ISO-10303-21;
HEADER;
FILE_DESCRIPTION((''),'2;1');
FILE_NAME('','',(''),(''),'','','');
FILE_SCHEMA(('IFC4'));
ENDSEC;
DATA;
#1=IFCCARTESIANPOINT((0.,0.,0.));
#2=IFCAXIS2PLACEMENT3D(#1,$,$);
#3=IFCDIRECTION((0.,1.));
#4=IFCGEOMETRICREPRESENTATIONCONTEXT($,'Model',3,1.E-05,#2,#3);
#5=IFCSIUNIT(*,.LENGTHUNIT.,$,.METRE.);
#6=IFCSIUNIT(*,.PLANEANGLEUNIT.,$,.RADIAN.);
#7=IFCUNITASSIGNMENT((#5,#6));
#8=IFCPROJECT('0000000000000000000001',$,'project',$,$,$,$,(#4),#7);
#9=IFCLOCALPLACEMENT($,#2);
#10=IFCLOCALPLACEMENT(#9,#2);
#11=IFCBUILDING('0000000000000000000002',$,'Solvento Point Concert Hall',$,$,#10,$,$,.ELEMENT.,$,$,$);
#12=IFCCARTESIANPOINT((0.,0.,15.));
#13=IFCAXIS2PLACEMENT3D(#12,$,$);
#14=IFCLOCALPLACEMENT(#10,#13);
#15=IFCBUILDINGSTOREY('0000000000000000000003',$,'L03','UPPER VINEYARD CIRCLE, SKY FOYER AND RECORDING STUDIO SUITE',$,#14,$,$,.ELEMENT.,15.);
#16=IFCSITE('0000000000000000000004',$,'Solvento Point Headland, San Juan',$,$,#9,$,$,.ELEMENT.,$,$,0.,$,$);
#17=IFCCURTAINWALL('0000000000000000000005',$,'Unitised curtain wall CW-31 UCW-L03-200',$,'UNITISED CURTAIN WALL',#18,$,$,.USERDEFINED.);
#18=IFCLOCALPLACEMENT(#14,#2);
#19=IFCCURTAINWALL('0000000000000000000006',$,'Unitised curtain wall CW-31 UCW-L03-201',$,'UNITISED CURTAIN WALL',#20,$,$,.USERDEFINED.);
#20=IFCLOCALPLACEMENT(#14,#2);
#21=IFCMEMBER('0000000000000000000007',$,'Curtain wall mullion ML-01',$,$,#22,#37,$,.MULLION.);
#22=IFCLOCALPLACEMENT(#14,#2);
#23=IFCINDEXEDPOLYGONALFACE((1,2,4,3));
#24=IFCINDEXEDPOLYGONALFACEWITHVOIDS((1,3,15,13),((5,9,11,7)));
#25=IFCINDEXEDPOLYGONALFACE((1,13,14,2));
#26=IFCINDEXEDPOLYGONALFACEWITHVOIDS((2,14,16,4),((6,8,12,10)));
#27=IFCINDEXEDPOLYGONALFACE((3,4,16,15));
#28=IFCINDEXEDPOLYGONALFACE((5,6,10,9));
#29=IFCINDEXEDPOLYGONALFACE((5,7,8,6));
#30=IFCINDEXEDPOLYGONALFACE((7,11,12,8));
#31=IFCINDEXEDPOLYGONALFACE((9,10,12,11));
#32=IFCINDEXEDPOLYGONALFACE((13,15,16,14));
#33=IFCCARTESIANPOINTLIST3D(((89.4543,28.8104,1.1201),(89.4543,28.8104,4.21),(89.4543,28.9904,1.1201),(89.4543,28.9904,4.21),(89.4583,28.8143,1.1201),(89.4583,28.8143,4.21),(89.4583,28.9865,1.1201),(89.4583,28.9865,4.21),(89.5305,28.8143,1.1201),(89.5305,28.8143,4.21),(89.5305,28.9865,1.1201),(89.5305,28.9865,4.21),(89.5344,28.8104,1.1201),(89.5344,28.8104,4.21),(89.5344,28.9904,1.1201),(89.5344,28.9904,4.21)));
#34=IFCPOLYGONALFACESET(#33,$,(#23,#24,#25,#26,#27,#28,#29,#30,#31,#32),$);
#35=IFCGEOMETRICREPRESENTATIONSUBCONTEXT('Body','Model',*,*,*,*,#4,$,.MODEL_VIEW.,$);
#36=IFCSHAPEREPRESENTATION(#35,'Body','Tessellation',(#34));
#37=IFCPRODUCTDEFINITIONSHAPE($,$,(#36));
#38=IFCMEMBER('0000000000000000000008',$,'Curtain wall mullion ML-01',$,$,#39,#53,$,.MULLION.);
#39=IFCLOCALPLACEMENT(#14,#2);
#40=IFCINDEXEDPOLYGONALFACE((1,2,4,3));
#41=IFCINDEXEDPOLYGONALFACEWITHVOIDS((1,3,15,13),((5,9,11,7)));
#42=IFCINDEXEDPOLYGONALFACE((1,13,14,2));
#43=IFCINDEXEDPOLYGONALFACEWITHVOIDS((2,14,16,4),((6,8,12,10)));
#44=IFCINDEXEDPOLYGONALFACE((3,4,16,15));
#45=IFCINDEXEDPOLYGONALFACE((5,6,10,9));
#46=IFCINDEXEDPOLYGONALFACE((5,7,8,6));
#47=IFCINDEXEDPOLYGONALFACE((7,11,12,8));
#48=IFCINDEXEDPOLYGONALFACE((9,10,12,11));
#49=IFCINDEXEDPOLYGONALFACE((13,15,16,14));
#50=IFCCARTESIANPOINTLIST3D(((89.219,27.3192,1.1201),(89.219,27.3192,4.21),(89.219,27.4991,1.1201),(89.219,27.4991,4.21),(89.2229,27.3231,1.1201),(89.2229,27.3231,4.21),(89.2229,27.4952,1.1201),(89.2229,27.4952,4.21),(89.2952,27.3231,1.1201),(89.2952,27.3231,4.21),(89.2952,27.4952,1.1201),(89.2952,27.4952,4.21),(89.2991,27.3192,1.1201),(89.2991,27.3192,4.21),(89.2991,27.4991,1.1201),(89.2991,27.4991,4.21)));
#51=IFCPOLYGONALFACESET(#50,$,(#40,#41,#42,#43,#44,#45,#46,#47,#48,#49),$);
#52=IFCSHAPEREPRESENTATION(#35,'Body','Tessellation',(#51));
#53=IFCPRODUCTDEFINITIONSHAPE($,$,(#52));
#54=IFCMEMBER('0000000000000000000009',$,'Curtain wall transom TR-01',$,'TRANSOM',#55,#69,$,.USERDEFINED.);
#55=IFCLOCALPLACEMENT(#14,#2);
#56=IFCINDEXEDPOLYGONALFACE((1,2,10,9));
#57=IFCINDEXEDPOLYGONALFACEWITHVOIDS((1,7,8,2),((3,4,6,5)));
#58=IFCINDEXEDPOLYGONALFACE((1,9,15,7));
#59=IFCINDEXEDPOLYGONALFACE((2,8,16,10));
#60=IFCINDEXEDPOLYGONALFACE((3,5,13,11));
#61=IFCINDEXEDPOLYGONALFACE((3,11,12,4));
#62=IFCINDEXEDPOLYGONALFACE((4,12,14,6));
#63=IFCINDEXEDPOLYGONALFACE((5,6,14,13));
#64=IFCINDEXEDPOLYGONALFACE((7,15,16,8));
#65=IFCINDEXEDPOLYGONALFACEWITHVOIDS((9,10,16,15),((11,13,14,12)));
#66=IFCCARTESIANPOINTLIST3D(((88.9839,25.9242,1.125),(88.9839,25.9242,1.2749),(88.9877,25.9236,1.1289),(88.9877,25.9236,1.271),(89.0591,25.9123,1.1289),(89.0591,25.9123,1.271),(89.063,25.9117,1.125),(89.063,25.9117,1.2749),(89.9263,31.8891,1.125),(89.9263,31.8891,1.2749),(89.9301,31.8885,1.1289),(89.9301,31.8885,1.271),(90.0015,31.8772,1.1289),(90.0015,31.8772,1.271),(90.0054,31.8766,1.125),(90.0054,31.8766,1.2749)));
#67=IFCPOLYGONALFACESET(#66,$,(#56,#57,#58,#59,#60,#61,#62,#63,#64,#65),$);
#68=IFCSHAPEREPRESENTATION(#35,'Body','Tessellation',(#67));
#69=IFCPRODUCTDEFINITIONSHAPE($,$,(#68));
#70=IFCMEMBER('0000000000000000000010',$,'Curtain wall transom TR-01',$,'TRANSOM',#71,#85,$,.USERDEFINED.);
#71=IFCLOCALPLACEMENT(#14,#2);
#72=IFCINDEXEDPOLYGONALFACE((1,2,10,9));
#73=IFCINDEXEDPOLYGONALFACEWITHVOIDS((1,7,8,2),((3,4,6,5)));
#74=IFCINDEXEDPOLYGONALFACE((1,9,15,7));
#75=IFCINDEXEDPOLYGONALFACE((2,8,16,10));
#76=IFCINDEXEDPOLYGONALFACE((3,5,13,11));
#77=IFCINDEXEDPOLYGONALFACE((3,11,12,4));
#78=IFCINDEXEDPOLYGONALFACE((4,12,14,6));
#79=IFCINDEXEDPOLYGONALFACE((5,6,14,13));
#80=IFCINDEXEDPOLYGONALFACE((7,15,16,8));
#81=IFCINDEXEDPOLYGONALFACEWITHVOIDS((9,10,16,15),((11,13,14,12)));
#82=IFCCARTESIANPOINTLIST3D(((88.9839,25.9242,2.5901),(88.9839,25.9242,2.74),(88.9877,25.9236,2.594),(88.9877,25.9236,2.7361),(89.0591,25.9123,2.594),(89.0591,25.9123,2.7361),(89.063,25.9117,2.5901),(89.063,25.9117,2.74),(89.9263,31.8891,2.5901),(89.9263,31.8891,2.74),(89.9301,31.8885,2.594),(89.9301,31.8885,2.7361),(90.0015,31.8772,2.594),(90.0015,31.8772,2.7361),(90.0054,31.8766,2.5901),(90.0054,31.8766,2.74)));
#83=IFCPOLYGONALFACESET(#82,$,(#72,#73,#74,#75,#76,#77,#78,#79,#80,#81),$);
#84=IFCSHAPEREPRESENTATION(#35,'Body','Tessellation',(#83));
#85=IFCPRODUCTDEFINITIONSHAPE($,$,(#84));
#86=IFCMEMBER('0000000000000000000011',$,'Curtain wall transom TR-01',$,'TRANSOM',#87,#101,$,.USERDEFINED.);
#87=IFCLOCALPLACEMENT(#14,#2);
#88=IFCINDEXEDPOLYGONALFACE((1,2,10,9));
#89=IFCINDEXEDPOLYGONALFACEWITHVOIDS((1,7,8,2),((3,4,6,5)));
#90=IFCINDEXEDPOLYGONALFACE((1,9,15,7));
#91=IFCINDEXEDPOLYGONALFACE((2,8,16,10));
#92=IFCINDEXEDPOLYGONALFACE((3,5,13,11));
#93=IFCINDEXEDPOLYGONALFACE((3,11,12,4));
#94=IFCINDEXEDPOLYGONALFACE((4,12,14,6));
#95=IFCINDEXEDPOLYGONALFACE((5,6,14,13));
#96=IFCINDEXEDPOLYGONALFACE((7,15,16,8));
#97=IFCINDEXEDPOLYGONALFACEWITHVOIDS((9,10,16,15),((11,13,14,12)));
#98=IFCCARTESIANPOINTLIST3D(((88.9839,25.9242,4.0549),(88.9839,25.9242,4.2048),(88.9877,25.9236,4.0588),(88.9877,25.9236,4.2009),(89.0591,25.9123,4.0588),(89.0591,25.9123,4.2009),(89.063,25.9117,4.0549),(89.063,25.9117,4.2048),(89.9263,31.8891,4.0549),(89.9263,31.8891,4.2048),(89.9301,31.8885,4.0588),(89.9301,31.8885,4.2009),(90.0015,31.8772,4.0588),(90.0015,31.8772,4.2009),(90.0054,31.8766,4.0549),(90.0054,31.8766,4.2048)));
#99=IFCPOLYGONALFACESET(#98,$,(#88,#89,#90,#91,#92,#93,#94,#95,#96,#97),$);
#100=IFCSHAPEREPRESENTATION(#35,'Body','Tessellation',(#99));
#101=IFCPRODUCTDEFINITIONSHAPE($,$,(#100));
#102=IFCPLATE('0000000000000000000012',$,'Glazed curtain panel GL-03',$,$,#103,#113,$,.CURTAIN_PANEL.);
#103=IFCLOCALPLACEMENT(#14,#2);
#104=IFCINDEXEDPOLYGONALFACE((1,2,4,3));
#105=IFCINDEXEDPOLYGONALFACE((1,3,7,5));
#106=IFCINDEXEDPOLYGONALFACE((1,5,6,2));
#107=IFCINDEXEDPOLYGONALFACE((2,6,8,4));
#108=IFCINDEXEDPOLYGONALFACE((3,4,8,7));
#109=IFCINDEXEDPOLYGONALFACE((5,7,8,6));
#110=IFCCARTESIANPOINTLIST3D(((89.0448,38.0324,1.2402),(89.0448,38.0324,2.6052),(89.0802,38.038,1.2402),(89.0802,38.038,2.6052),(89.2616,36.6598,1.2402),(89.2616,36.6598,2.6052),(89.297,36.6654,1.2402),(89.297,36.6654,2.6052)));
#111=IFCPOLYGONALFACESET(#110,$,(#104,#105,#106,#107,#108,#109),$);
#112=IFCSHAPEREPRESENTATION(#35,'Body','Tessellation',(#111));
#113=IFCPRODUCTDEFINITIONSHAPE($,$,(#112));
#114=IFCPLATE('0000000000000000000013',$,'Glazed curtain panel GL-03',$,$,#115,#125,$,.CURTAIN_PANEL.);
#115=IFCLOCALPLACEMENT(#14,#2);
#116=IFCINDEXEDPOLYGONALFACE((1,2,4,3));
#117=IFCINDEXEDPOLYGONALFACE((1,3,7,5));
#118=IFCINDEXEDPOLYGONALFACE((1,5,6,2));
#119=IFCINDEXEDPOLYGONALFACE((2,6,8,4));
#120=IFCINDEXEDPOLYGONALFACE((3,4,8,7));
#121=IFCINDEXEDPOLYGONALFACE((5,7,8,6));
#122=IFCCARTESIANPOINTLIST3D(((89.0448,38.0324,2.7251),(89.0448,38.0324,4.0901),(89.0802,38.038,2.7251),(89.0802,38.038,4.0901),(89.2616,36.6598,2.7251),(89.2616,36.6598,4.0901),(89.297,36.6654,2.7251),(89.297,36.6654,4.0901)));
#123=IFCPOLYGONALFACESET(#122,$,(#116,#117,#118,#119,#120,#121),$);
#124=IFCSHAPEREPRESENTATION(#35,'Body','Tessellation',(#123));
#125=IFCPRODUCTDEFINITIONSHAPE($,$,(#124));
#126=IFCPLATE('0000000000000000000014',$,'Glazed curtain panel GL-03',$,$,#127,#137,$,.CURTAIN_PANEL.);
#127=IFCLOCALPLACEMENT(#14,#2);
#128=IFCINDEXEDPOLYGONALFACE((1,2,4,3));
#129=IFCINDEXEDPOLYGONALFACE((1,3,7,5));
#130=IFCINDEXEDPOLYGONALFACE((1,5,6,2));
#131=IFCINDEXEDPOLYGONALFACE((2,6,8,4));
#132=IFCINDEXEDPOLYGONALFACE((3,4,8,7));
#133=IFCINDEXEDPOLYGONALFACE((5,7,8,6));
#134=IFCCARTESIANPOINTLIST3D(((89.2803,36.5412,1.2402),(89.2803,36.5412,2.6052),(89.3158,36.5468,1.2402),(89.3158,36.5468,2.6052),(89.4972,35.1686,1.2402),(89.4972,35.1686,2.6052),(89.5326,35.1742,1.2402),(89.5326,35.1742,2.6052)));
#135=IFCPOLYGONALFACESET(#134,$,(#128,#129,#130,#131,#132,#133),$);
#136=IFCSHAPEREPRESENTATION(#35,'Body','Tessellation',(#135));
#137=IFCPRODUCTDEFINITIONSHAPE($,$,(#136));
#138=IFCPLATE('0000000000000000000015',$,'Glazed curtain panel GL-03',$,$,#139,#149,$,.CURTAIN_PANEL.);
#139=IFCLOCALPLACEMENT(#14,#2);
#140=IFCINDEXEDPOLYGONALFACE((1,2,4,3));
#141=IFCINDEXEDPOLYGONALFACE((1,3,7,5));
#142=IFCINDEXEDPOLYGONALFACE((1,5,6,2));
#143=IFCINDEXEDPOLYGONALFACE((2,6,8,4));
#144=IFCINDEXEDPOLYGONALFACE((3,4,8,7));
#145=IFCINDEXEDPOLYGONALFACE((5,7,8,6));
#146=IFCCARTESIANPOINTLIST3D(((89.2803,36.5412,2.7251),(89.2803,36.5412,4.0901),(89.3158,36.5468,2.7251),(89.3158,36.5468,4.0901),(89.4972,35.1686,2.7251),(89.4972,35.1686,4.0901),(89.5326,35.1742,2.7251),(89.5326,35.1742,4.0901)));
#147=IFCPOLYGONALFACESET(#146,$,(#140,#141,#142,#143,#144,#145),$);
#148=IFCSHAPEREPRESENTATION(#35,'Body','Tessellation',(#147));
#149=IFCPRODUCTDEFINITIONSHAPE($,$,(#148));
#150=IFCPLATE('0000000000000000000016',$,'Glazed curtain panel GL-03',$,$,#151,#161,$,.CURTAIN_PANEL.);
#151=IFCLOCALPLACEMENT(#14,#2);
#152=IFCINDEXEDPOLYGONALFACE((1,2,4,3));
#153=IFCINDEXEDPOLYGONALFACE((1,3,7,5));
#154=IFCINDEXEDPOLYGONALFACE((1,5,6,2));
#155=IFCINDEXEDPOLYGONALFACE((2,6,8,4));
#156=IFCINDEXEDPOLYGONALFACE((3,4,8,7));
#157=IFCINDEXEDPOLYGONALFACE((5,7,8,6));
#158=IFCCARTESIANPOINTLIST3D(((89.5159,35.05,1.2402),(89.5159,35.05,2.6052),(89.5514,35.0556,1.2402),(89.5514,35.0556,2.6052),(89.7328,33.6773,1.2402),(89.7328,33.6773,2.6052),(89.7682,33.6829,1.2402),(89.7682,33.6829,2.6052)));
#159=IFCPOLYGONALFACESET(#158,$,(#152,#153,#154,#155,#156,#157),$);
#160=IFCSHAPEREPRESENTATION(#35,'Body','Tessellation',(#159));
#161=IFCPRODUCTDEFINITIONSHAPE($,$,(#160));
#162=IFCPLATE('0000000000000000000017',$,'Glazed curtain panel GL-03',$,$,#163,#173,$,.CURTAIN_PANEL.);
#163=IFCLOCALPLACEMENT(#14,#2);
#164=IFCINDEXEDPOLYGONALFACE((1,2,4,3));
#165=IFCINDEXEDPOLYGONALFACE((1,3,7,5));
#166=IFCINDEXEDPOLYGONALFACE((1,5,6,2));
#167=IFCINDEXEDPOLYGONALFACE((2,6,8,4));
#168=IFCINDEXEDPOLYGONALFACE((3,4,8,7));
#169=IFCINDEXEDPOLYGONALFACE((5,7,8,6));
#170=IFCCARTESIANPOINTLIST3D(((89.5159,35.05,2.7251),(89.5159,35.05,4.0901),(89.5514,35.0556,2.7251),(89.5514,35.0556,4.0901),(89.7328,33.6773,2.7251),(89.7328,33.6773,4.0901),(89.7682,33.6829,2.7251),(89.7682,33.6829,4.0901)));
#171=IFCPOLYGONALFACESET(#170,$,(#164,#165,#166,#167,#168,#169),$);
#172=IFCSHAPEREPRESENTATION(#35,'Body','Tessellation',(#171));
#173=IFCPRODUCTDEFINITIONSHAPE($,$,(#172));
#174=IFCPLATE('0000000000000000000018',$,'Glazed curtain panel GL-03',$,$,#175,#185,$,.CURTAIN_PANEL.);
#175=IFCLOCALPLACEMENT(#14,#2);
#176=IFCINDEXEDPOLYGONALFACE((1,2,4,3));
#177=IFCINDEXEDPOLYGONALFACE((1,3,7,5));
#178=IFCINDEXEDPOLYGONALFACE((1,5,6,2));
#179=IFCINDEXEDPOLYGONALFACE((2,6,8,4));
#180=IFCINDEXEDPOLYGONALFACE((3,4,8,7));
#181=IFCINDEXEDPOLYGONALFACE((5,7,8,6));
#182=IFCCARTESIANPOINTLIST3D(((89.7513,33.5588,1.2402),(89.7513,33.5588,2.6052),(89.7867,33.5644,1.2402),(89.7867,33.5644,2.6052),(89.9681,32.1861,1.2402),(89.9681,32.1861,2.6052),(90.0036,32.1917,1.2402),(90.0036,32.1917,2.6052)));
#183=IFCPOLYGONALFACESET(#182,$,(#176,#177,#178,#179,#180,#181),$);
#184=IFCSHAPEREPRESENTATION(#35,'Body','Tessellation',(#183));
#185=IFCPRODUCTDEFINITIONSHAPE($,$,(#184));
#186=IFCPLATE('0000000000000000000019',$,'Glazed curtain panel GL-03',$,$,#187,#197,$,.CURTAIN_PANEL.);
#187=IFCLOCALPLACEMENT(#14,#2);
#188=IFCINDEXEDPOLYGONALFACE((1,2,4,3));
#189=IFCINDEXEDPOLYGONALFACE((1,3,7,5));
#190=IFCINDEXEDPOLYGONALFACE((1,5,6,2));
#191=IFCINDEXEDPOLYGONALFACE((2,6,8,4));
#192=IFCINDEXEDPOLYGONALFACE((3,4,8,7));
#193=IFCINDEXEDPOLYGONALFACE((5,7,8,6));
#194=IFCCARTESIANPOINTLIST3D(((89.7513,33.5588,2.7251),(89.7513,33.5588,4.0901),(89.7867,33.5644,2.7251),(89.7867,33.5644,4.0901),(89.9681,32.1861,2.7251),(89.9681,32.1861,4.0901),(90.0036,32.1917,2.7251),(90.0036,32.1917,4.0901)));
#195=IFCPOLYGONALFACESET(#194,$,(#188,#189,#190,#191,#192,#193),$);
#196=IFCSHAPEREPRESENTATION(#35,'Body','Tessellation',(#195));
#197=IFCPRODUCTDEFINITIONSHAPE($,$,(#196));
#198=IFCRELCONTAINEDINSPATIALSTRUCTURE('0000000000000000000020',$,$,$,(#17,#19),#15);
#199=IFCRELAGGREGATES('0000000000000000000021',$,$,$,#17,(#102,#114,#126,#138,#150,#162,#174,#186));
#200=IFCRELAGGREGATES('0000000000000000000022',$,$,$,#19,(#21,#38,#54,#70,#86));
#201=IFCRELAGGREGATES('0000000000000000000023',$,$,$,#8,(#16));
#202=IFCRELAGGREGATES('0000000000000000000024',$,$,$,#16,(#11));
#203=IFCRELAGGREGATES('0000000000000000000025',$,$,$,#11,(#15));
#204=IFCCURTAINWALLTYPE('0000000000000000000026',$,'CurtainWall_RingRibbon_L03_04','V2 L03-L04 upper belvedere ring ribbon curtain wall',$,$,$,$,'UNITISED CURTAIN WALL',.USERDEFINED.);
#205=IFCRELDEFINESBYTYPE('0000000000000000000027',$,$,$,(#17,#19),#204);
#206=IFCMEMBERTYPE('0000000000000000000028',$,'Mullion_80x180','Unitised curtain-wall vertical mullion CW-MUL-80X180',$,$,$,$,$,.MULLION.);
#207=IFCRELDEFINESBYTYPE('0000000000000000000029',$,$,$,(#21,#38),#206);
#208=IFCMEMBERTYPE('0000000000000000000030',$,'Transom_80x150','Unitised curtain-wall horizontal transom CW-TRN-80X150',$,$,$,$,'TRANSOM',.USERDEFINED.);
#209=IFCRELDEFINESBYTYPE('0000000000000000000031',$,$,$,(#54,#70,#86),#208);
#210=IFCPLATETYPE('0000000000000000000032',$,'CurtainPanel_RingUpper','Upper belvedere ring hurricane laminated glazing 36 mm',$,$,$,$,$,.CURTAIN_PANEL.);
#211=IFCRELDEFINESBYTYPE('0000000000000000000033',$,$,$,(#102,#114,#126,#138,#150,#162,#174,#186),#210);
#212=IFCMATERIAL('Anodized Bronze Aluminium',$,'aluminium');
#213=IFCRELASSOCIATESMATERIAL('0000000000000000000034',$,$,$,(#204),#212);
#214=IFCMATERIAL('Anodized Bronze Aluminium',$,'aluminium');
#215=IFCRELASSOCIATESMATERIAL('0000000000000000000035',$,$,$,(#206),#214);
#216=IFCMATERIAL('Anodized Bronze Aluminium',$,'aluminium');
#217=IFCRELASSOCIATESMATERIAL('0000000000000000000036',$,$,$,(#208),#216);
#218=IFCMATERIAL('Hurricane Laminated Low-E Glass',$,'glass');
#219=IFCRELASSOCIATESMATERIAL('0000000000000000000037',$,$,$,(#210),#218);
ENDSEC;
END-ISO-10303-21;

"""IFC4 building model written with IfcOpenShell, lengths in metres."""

from ifc_helpers import new_model, si_unit, direction, frame, origin, origin_2d, place, context, subcontext, project, spatial, rectangle, hollow_rectangle, extrude, material, material_profile, profile_set, type_object, element, aggregate, save


model = new_model("IFC4")

# Units and contexts
model_context = context("Model", 3, precision=1e-05, world=origin(), true_north=direction((0.0, 1.0)))
body_context = subcontext(model_context, "Body", "Model", "MODEL_VIEW")
ifc_project = project(units=[si_unit("LENGTHUNIT", "METRE"), si_unit("PLANEANGLEUNIT", "RADIAN")], contexts=[model_context])

# Site, building, storey
site_placement = place(None, origin())
site = spatial("IfcSite", under=ifc_project, at=site_placement, Name="Solvento Point Headland, San Juan", CompositionType="ELEMENT", RefElevation=0.0)
building_placement = place(site_placement, origin())
building = spatial("IfcBuilding", under=site, at=building_placement, Name="Solvento Point Concert Hall", CompositionType="ELEMENT")
storey_placement = place(building_placement, frame((0.0, 0.0, 15.0)))
storey = spatial("IfcBuildingStorey", under=building, at=storey_placement, Name="L03", Description="UPPER VINEYARD CIRCLE, SKY FOYER AND RECORDING STUDIO SUITE", CompositionType="ELEMENT", Elevation=15.0)

# Curtain walls, members
ifc_material_1 = material(Name="Anodized Bronze Aluminium", Category="aluminium")
curtain_wall_type = type_object("IfcCurtainWallType", Name="CurtainWall_RingRibbon_L03_04", Description="V2 L03-L04 upper belvedere ring ribbon curtain wall", ElementType="UNITISED CURTAIN WALL", PredefinedType="USERDEFINED", material=ifc_material_1)
curtain_wall_1_placement = place(storey_placement, origin())
curtain_wall_1 = element("IfcCurtainWall", 1, at=curtain_wall_1_placement, inside=storey, type_object=curtain_wall_type, Name="Unitised curtain wall CW-31 UCW-L03-200", ObjectType="UNITISED CURTAIN WALL", PredefinedType="USERDEFINED")
ifc_material_2 = material(Name="Anodized Bronze Aluminium", Category="aluminium")
ifc_material_profile_1 = material_profile(ifc_material_2, hollow_rectangle(XDim=0.0801, YDim=0.1799, WallThickness=0.0039, at=origin_2d()), Name="CW-MUL-80X180")
ifc_profile_set_1 = profile_set([ifc_material_profile_1], Name="Anodized Bronze Aluminium")
member_type_1 = type_object("IfcMemberType", Name="Mullion_80x180", Description="Unitised curtain-wall vertical mullion CW-MUL-80X180", PredefinedType="MULLION", material=ifc_profile_set_1)
curtain_wall_2_placement = place(storey_placement, origin())
curtain_wall_2 = element("IfcCurtainWall", 2, at=curtain_wall_2_placement, inside=storey, type_object=curtain_wall_type, Name="Unitised curtain wall CW-31 UCW-L03-201", ObjectType="UNITISED CURTAIN WALL", PredefinedType="USERDEFINED")
member_1_placement = place(storey_placement, frame((89.4944, 28.9004, 1.1201), z_axis=(0.0, 0.0, 1.0), x_axis=(1.0, 0.0, 0.0)))
member_1 = element("IfcMember", 3, at=member_1_placement, type_object=member_type_1, Name="Curtain wall mullion ML-01", PredefinedType="MULLION", context=body_context, shape_type="SweptSolid", body=[
    extrude(hollow_rectangle(XDim=0.0801, YDim=0.1799, WallThickness=0.0039, at=origin_2d()), origin(), (0.0, 0.0, 1.0), 3.0898),
])
member_2_placement = place(storey_placement, frame((89.259, 27.4092, 1.1201), z_axis=(0.0, 0.0, 1.0), x_axis=(1.0, 0.0, 0.0)))
member_2 = element("IfcMember", 4, at=member_2_placement, type_object=member_type_1, Name="Curtain wall mullion ML-01", PredefinedType="MULLION", context=body_context, shape_type="SweptSolid", body=[
    extrude(hollow_rectangle(XDim=0.0801, YDim=0.1799, WallThickness=0.0039, at=origin_2d()), origin(), (0.0, 0.0, 1.0), 3.0898),
])
ifc_material_3 = material(Name="Anodized Bronze Aluminium", Category="aluminium")
ifc_material_profile_2 = material_profile(ifc_material_3, hollow_rectangle(XDim=0.0801, YDim=0.1499, WallThickness=0.0039, at=origin_2d()), Name="CW-TRN-80X150")
ifc_profile_set_2 = profile_set([ifc_material_profile_2], Name="Anodized Bronze Aluminium")
member_type_2 = type_object("IfcMemberType", Name="Transom_80x150", Description="Unitised curtain-wall horizontal transom CW-TRN-80X150", ElementType="TRANSOM", PredefinedType="USERDEFINED", material=ifc_profile_set_2)
member_3_placement = place(storey_placement, frame((89.9658, 31.8828, 1.2), z_axis=(-0.156054, -0.987749, 0.0), x_axis=(0.987749, -0.156054, 0.0)))
member_3 = element("IfcMember", 5, at=member_3_placement, type_object=member_type_2, Name="Curtain wall transom TR-01", ObjectType="TRANSOM", PredefinedType="USERDEFINED", context=body_context, shape_type="SweptSolid", body=[
    extrude(hollow_rectangle(XDim=0.0801, YDim=0.1499, WallThickness=0.0039, at=origin_2d()), origin(), (0.0, 0.0, 1.0), 6.0388),
])
member_4_placement = place(storey_placement, frame((89.9658, 31.8828, 2.665), z_axis=(-0.156054, -0.987749, 0.0), x_axis=(0.987749, -0.156054, 0.0)))
member_4 = element("IfcMember", 6, at=member_4_placement, type_object=member_type_2, Name="Curtain wall transom TR-01", ObjectType="TRANSOM", PredefinedType="USERDEFINED", context=body_context, shape_type="SweptSolid", body=[
    extrude(hollow_rectangle(XDim=0.0801, YDim=0.1499, WallThickness=0.0039, at=origin_2d()), origin(), (0.0, 0.0, 1.0), 6.0388),
])
member_5_placement = place(storey_placement, frame((89.9658, 31.8828, 4.1299), z_axis=(-0.156054, -0.987749, 0.0), x_axis=(0.987749, -0.156054, 0.0)))
member_5 = element("IfcMember", 7, at=member_5_placement, type_object=member_type_2, Name="Curtain wall transom TR-01", ObjectType="TRANSOM", PredefinedType="USERDEFINED", context=body_context, shape_type="SweptSolid", body=[
    extrude(hollow_rectangle(XDim=0.0801, YDim=0.1499, WallThickness=0.0039, at=origin_2d()), origin(), (0.0, 0.0, 1.0), 6.0388),
])

# Plates
ifc_material_4 = material(Name="Hurricane Laminated Low-E Glass", Category="glass")
plate_type = type_object("IfcPlateType", Name="CurtainPanel_RingUpper", Description="Upper belvedere ring hurricane laminated glazing 36 mm", PredefinedType="CURTAIN_PANEL", material=ifc_material_4)
plate_1_placement = place(storey_placement, frame((89.1709, 37.3489, 1.2402), z_axis=(0.0, 0.0, 1.0), x_axis=(0.156041, -0.987751, 0.0)))
plate_1 = element("IfcPlate", 8, at=plate_1_placement, type_object=plate_type, Name="Glazed curtain panel GL-03", PredefinedType="CURTAIN_PANEL", context=body_context, shape_type="SweptSolid", body=[
    extrude(rectangle(XDim=1.3896, YDim=0.0359, at=origin_2d()), origin(), (0.0, 0.0, 1.0), 1.365),
])
plate_2_placement = place(storey_placement, frame((89.1709, 37.3489, 2.7251), z_axis=(0.0, 0.0, 1.0), x_axis=(0.156041, -0.987751, 0.0)))
plate_2 = element("IfcPlate", 9, at=plate_2_placement, type_object=plate_type, Name="Glazed curtain panel GL-03", PredefinedType="CURTAIN_PANEL", context=body_context, shape_type="SweptSolid", body=[
    extrude(rectangle(XDim=1.3896, YDim=0.0359, at=origin_2d()), origin(), (0.0, 0.0, 1.0), 1.365),
])
plate_3_placement = place(storey_placement, frame((89.4065, 35.8577, 1.2402), z_axis=(0.0, 0.0, 1.0), x_axis=(0.156041, -0.987751, 0.0)))
plate_3 = element("IfcPlate", 10, at=plate_3_placement, type_object=plate_type, Name="Glazed curtain panel GL-03", PredefinedType="CURTAIN_PANEL", context=body_context, shape_type="SweptSolid", body=[
    extrude(rectangle(XDim=1.3896, YDim=0.0359, at=origin_2d()), origin(), (0.0, 0.0, 1.0), 1.365),
])
plate_4_placement = place(storey_placement, frame((89.4065, 35.8577, 2.7251), z_axis=(0.0, 0.0, 1.0), x_axis=(0.156041, -0.987751, 0.0)))
plate_4 = element("IfcPlate", 11, at=plate_4_placement, type_object=plate_type, Name="Glazed curtain panel GL-03", PredefinedType="CURTAIN_PANEL", context=body_context, shape_type="SweptSolid", body=[
    extrude(rectangle(XDim=1.3896, YDim=0.0359, at=origin_2d()), origin(), (0.0, 0.0, 1.0), 1.365),
])
plate_5_placement = place(storey_placement, frame((89.6421, 34.3665, 1.2402), z_axis=(0.0, 0.0, 1.0), x_axis=(0.156041, -0.987751, 0.0)))
plate_5 = element("IfcPlate", 12, at=plate_5_placement, type_object=plate_type, Name="Glazed curtain panel GL-03", PredefinedType="CURTAIN_PANEL", context=body_context, shape_type="SweptSolid", body=[
    extrude(rectangle(XDim=1.3896, YDim=0.0359, at=origin_2d()), origin(), (0.0, 0.0, 1.0), 1.365),
])
plate_6_placement = place(storey_placement, frame((89.6421, 34.3665, 2.7251), z_axis=(0.0, 0.0, 1.0), x_axis=(0.156041, -0.987751, 0.0)))
plate_6 = element("IfcPlate", 13, at=plate_6_placement, type_object=plate_type, Name="Glazed curtain panel GL-03", PredefinedType="CURTAIN_PANEL", context=body_context, shape_type="SweptSolid", body=[
    extrude(rectangle(XDim=1.3896, YDim=0.0359, at=origin_2d()), origin(), (0.0, 0.0, 1.0), 1.365),
])
plate_7_placement = place(storey_placement, frame((89.8774, 32.8752, 1.2402), z_axis=(0.0, 0.0, 1.0), x_axis=(0.156041, -0.987751, 0.0)))
plate_7 = element("IfcPlate", 14, at=plate_7_placement, type_object=plate_type, Name="Glazed curtain panel GL-03", PredefinedType="CURTAIN_PANEL", context=body_context, shape_type="SweptSolid", body=[
    extrude(rectangle(XDim=1.3896, YDim=0.0359, at=origin_2d()), origin(), (0.0, 0.0, 1.0), 1.365),
])
plate_8_placement = place(storey_placement, frame((89.8774, 32.8752, 2.7251), z_axis=(0.0, 0.0, 1.0), x_axis=(0.156041, -0.987751, 0.0)))
plate_8 = element("IfcPlate", 15, at=plate_8_placement, type_object=plate_type, Name="Glazed curtain panel GL-03", PredefinedType="CURTAIN_PANEL", context=body_context, shape_type="SweptSolid", body=[
    extrude(rectangle(XDim=1.3896, YDim=0.0359, at=origin_2d()), origin(), (0.0, 0.0, 1.0), 1.365),
])
aggregate(curtain_wall_1, [plate_1, plate_2, plate_3, plate_4, plate_5, plate_6, plate_7, plate_8])
aggregate(curtain_wall_2, [member_1, member_2, member_3, member_4, member_5])

save(model, "model.ifc")
